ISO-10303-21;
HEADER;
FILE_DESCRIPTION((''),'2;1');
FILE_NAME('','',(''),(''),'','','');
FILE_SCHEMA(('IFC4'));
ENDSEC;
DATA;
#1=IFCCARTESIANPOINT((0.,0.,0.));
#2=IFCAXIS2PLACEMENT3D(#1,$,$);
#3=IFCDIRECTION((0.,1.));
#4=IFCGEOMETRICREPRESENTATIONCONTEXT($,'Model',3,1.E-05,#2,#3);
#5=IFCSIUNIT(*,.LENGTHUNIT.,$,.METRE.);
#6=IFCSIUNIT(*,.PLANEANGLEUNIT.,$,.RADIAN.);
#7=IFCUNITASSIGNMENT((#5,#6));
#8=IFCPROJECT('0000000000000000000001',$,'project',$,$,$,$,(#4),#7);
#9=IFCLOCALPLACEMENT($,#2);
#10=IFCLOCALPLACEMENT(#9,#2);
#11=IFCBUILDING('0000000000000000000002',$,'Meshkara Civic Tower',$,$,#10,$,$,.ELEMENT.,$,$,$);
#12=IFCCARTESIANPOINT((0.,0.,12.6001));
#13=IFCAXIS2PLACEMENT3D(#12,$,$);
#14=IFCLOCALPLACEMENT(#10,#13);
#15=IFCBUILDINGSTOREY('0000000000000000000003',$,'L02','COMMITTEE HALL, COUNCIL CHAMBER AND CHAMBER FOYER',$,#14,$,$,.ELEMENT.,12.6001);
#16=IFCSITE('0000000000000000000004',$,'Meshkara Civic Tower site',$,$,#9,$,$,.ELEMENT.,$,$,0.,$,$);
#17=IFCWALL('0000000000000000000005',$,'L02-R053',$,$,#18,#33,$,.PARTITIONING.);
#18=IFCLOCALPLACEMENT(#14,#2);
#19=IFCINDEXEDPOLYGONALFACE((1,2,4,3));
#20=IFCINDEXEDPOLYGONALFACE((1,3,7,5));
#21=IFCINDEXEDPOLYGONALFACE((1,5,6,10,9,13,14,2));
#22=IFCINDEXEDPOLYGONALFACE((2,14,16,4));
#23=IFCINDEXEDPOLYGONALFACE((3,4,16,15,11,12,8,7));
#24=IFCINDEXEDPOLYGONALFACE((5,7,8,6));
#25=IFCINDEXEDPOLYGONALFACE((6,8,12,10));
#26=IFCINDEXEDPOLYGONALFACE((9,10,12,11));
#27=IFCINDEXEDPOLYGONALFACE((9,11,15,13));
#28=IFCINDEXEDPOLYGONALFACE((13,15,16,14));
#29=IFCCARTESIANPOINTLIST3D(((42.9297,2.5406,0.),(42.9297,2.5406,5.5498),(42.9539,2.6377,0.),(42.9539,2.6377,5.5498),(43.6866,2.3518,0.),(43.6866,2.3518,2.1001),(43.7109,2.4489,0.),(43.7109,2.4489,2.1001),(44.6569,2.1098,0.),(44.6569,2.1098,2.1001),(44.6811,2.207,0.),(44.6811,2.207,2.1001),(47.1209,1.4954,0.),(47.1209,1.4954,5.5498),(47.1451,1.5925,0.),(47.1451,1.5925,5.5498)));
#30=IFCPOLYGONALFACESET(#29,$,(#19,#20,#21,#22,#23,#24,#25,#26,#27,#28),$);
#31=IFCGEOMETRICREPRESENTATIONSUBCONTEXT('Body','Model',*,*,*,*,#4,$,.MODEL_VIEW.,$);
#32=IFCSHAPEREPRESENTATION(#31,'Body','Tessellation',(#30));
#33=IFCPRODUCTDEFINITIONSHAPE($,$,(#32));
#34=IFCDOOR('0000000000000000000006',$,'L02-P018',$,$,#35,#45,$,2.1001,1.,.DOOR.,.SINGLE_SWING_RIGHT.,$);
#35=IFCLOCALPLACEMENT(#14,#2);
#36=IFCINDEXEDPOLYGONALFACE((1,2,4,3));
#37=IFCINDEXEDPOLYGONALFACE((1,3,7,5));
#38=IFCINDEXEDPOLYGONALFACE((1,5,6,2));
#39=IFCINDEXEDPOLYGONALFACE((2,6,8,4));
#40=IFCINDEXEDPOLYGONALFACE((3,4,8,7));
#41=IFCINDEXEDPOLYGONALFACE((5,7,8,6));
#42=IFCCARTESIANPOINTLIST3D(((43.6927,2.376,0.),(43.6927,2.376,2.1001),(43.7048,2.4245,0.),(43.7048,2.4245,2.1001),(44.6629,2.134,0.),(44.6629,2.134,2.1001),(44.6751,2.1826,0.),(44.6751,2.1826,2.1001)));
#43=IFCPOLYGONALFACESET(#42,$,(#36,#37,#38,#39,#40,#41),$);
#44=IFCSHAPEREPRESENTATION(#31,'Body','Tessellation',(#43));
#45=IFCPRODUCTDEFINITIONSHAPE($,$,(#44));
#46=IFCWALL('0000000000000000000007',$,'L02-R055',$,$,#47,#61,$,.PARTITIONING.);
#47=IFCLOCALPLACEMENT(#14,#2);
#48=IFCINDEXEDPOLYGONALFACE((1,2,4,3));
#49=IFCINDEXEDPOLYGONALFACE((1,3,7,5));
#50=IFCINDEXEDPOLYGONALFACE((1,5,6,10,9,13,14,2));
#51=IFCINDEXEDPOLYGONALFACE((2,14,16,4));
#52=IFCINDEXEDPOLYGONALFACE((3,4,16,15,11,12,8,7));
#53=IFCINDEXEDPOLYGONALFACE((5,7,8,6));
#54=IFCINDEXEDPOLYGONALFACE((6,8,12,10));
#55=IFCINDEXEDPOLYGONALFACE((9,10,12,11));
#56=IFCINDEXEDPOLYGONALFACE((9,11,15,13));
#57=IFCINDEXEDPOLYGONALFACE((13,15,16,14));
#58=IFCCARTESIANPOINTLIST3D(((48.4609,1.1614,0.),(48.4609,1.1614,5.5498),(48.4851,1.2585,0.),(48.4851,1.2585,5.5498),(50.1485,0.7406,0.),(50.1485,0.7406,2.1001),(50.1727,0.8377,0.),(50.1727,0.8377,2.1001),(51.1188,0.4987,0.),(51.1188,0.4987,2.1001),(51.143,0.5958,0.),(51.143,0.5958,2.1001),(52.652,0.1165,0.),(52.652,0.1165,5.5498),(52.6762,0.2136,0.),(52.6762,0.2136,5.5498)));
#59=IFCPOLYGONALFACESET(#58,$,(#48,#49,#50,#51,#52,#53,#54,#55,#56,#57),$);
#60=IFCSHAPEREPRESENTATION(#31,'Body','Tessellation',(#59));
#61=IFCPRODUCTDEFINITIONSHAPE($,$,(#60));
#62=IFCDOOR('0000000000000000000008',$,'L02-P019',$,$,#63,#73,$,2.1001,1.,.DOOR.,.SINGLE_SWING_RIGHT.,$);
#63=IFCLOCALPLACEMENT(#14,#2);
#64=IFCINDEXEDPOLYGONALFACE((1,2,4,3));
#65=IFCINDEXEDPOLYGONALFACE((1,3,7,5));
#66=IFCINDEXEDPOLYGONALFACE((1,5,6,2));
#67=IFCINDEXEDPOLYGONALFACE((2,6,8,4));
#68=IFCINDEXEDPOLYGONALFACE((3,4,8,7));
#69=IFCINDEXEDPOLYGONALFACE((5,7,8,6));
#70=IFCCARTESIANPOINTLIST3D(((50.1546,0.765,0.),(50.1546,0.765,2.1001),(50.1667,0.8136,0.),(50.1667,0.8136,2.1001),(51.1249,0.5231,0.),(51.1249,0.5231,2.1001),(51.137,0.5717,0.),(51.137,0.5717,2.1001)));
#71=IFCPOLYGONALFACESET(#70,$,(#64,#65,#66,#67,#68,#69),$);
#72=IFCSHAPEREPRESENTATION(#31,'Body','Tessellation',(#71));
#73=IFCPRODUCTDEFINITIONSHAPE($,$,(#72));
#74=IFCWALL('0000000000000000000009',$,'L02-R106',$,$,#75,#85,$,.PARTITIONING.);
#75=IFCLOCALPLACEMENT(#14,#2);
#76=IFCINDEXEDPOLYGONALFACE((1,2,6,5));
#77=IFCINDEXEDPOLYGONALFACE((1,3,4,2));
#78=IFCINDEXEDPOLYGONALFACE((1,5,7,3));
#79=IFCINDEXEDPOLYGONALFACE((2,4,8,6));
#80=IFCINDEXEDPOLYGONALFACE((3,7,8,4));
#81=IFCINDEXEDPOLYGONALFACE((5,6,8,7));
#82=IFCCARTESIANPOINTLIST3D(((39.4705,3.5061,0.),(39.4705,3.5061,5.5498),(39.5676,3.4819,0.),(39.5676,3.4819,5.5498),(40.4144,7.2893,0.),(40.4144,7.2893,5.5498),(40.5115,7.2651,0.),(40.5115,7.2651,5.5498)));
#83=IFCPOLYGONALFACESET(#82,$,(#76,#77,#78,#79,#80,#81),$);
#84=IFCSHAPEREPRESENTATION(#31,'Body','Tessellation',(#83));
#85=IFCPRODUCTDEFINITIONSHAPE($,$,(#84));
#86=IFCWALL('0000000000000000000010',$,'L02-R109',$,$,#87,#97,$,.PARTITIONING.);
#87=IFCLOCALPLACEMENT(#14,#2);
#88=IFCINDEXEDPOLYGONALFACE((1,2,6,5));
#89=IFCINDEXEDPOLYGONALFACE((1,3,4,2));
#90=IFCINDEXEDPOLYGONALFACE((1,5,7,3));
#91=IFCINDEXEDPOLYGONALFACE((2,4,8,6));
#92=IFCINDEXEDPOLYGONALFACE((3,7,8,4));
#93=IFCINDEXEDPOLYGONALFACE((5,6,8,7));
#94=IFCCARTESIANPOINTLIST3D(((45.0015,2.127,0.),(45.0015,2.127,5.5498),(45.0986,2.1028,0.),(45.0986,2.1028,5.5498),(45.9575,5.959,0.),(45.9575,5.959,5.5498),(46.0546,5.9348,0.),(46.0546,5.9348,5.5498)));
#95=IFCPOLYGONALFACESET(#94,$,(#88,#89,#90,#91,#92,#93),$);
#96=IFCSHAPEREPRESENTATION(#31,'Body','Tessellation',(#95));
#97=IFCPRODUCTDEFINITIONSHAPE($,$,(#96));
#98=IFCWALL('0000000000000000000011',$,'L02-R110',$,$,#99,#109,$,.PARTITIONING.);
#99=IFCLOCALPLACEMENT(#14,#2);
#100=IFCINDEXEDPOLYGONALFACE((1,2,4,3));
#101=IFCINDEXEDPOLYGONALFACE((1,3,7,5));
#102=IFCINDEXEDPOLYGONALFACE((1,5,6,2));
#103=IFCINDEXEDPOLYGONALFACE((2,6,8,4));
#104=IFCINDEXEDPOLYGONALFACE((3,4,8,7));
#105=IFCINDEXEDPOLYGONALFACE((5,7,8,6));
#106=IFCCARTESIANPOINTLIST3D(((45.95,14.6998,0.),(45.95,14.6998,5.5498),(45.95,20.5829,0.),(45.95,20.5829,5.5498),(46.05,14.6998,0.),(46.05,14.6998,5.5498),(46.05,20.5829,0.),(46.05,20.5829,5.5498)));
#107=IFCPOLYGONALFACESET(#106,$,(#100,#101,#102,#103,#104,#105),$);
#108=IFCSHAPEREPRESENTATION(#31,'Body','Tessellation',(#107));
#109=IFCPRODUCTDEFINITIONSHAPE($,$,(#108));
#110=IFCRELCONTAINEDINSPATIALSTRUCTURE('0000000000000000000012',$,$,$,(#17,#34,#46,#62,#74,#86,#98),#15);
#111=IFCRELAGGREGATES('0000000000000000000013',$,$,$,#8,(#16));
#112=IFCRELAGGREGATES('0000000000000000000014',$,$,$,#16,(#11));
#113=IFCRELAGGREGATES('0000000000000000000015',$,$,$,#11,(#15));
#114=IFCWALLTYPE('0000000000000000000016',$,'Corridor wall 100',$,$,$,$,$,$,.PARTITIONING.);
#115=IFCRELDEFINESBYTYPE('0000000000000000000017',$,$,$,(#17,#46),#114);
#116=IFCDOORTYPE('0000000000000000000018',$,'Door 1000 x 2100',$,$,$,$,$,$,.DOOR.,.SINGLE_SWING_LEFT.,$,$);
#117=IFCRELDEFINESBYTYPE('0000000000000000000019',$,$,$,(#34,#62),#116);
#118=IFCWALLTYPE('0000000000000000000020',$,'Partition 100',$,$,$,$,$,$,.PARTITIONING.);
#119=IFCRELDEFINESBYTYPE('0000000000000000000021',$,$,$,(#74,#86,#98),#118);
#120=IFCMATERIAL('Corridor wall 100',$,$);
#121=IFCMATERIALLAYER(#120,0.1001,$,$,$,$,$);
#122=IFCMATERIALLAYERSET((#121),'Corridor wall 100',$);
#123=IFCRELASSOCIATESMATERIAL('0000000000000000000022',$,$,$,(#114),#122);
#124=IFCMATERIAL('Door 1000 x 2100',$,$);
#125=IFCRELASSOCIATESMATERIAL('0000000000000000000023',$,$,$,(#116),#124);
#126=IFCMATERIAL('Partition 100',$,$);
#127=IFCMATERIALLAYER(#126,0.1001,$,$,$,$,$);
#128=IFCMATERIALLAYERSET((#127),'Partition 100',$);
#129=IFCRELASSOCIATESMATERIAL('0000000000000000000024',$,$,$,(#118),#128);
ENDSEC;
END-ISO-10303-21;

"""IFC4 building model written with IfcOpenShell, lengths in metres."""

from ifc_helpers import new_model, si_unit, direction, frame, frame_2d, origin, place, context, subcontext, project, spatial, rectangle, extrude, material, layer, layer_set, type_object, element, fill, save


model = new_model("IFC4")

# Units and contexts
model_context = context("Model", 3, precision=1e-05, world=origin(), true_north=direction((0.0, 1.0)))
body_context = subcontext(model_context, "Body", "Model", "MODEL_VIEW")
ifc_project = project(units=[si_unit("LENGTHUNIT", "METRE"), si_unit("PLANEANGLEUNIT", "RADIAN")], contexts=[model_context])

# Site, building, storey
site_placement = place(None, origin())
site = spatial("IfcSite", under=ifc_project, at=site_placement, Name="Meshkara Civic Tower site", CompositionType="ELEMENT", RefElevation=0.0)
building_placement = place(site_placement, origin())
building = spatial("IfcBuilding", under=site, at=building_placement, Name="Meshkara Civic Tower", CompositionType="ELEMENT")
storey_placement = place(building_placement, frame((0.0, 0.0, 12.6001)))
storey = spatial("IfcBuildingStorey", under=building, at=storey_placement, Name="L02", Description="COMMITTEE HALL, COUNCIL CHAMBER AND CHAMBER FOYER", CompositionType="ELEMENT", Elevation=12.6001)

# Walls, openings, doors
ifc_material_1 = material(Name="Corridor wall 100")
ifc_layer_1 = layer(ifc_material_1, 0.1001)
ifc_layer_set_1 = layer_set([ifc_layer_1], Name="Corridor wall 100")
wall_type_1 = type_object("IfcWallType", Name="Corridor wall 100", PredefinedType="PARTITIONING", material=ifc_layer_set_1)
ifc_material_2 = material(Name="Door 1000 x 2100")
door_type_1 = type_object("IfcDoorType", Name="Door 1000 x 2100", OperationType="SINGLE_SWING_LEFT", PredefinedType="DOOR", material=ifc_material_2)
wall_1_placement = place(storey_placement, frame((42.9419, 2.5891, 0.0), z_axis=(0.0, 0.0, 1.0), x_axis=(0.970285, -0.241964, 0.0)))
wall_1 = element("IfcWall", 1, at=wall_1_placement, inside=storey, type_object=wall_type_1, Name="L02-R053", PredefinedType="PARTITIONING", context=body_context, shape_type="SweptSolid", body=[
    extrude(rectangle(XDim=4.3196, YDim=0.1001, at=frame_2d((2.1597, 0.0))), origin(), (0.0, 0.0, 1.0), 5.5498),
])
opening_1_placement = place(wall_1_placement, frame((0.78, 0.0, 0.0)))
opening_1 = element("IfcOpeningElement", 2, at=opening_1_placement, cuts=wall_1, PredefinedType="OPENING", context=body_context, shape_type="SweptSolid", body=[
    extrude(rectangle(XDim=1.0, YDim=2.1001, at=frame_2d((0.5, 1.05))), frame((0.0, 0.0601, 0.0), z_axis=(0.0, -1.0, 0.0), x_axis=(1.0, 0.0, 0.0)), (0.0, 0.0, 1.0), 0.1201),
])
door_1_placement = place(opening_1_placement, origin())
door_1 = element("IfcDoor", 3, at=door_1_placement, inside=storey, type_object=door_type_1, Name="L02-P018", OperationType="SINGLE_SWING_RIGHT", OverallHeight=2.1001, OverallWidth=1.0, PredefinedType="DOOR", context=body_context, shape_type="SweptSolid", body=[
    extrude(rectangle(XDim=1.0, YDim=2.1001, at=frame_2d((0.5, 1.05))), frame((0.0, 0.0249, 0.0), z_axis=(0.0, -1.0, 0.0), x_axis=(1.0, 0.0, 0.0)), (0.0, 0.0, 1.0), 0.05),
])
fill(opening_1, door_1)
wall_2_placement = place(storey_placement, frame((52.6641, 0.165, 0.0), z_axis=(0.0, 0.0, 1.0), x_axis=(-0.970299, 0.241911, 0.0)))
wall_2 = element("IfcWall", 4, at=wall_2_placement, inside=storey, type_object=wall_type_1, Name="L02-R055", PredefinedType="PARTITIONING", context=body_context, shape_type="SweptSolid", body=[
    extrude(rectangle(XDim=4.3193, YDim=0.1001, at=frame_2d((2.1597, 0.0))), origin(), (0.0, 0.0, 1.0), 5.5498),
])
opening_2_placement = place(wall_2_placement, frame((1.5801, 0.0, 0.0)))
opening_2 = element("IfcOpeningElement", 5, at=opening_2_placement, cuts=wall_2, PredefinedType="OPENING", context=body_context, shape_type="SweptSolid", body=[
    extrude(rectangle(XDim=1.0, YDim=2.1001, at=frame_2d((0.5, 1.05))), frame((0.0, 0.0601, 0.0), z_axis=(0.0, -1.0, 0.0), x_axis=(1.0, 0.0, 0.0)), (0.0, 0.0, 1.0), 0.1201),
])
door_2_placement = place(opening_2_placement, origin())
door_2 = element("IfcDoor", 6, at=door_2_placement, inside=storey, type_object=door_type_1, Name="L02-P019", OperationType="SINGLE_SWING_RIGHT", OverallHeight=2.1001, OverallWidth=1.0, PredefinedType="DOOR", context=body_context, shape_type="SweptSolid", body=[
    extrude(rectangle(XDim=1.0, YDim=2.1001, at=frame_2d((0.5, 1.05))), frame((0.0, 0.0249, 0.0), z_axis=(0.0, -1.0, 0.0), x_axis=(1.0, 0.0, 0.0)), (0.0, 0.0, 1.0), 0.05),
])
fill(opening_2, door_2)

# Walls
ifc_material_3 = material(Name="Partition 100")
ifc_layer_2 = layer(ifc_material_3, 0.1001)
ifc_layer_set_2 = layer_set([ifc_layer_2], Name="Partition 100")
wall_type_2 = type_object("IfcWallType", Name="Partition 100", PredefinedType="PARTITIONING", material=ifc_layer_set_2)
wall_3_placement = place(storey_placement, frame((39.519, 3.4939, 0.0), z_axis=(0.0, 0.0, 1.0), x_axis=(0.242064, 0.97026, 0.0)))
element("IfcWall", 7, at=wall_3_placement, inside=storey, type_object=wall_type_2, Name="L02-R106", PredefinedType="PARTITIONING", context=body_context, shape_type="SweptSolid", body=[
    extrude(rectangle(XDim=3.8992, YDim=0.1001, at=frame_2d((1.9497, 0.0))), origin(), (0.0, 0.0, 1.0), 5.5498),
])
wall_4_placement = place(storey_placement, frame((45.05, 2.115, 0.0), z_axis=(0.0, 0.0, 1.0), x_axis=(0.24207, 0.970259, 0.0)))
element("IfcWall", 8, at=wall_4_placement, inside=storey, type_object=wall_type_2, Name="L02-R109", PredefinedType="PARTITIONING", context=body_context, shape_type="SweptSolid", body=[
    extrude(rectangle(XDim=3.9495, YDim=0.1001, at=frame_2d((1.9746, 0.0))), origin(), (0.0, 0.0, 1.0), 5.5498),
])
wall_5_placement = place(storey_placement, frame((46.0, 14.7, 0.0), z_axis=(0.0, 0.0, 1.0), x_axis=(0.0, 1.0, 0.0)))
element("IfcWall", 9, at=wall_5_placement, inside=storey, type_object=wall_type_2, Name="L02-R110", PredefinedType="PARTITIONING", context=body_context, shape_type="SweptSolid", body=[
    extrude(rectangle(XDim=5.8831, YDim=0.1001, at=frame_2d((2.9414, 0.0))), origin(), (0.0, 0.0, 1.0), 5.5498),
])

save(model, "model.ifc")
